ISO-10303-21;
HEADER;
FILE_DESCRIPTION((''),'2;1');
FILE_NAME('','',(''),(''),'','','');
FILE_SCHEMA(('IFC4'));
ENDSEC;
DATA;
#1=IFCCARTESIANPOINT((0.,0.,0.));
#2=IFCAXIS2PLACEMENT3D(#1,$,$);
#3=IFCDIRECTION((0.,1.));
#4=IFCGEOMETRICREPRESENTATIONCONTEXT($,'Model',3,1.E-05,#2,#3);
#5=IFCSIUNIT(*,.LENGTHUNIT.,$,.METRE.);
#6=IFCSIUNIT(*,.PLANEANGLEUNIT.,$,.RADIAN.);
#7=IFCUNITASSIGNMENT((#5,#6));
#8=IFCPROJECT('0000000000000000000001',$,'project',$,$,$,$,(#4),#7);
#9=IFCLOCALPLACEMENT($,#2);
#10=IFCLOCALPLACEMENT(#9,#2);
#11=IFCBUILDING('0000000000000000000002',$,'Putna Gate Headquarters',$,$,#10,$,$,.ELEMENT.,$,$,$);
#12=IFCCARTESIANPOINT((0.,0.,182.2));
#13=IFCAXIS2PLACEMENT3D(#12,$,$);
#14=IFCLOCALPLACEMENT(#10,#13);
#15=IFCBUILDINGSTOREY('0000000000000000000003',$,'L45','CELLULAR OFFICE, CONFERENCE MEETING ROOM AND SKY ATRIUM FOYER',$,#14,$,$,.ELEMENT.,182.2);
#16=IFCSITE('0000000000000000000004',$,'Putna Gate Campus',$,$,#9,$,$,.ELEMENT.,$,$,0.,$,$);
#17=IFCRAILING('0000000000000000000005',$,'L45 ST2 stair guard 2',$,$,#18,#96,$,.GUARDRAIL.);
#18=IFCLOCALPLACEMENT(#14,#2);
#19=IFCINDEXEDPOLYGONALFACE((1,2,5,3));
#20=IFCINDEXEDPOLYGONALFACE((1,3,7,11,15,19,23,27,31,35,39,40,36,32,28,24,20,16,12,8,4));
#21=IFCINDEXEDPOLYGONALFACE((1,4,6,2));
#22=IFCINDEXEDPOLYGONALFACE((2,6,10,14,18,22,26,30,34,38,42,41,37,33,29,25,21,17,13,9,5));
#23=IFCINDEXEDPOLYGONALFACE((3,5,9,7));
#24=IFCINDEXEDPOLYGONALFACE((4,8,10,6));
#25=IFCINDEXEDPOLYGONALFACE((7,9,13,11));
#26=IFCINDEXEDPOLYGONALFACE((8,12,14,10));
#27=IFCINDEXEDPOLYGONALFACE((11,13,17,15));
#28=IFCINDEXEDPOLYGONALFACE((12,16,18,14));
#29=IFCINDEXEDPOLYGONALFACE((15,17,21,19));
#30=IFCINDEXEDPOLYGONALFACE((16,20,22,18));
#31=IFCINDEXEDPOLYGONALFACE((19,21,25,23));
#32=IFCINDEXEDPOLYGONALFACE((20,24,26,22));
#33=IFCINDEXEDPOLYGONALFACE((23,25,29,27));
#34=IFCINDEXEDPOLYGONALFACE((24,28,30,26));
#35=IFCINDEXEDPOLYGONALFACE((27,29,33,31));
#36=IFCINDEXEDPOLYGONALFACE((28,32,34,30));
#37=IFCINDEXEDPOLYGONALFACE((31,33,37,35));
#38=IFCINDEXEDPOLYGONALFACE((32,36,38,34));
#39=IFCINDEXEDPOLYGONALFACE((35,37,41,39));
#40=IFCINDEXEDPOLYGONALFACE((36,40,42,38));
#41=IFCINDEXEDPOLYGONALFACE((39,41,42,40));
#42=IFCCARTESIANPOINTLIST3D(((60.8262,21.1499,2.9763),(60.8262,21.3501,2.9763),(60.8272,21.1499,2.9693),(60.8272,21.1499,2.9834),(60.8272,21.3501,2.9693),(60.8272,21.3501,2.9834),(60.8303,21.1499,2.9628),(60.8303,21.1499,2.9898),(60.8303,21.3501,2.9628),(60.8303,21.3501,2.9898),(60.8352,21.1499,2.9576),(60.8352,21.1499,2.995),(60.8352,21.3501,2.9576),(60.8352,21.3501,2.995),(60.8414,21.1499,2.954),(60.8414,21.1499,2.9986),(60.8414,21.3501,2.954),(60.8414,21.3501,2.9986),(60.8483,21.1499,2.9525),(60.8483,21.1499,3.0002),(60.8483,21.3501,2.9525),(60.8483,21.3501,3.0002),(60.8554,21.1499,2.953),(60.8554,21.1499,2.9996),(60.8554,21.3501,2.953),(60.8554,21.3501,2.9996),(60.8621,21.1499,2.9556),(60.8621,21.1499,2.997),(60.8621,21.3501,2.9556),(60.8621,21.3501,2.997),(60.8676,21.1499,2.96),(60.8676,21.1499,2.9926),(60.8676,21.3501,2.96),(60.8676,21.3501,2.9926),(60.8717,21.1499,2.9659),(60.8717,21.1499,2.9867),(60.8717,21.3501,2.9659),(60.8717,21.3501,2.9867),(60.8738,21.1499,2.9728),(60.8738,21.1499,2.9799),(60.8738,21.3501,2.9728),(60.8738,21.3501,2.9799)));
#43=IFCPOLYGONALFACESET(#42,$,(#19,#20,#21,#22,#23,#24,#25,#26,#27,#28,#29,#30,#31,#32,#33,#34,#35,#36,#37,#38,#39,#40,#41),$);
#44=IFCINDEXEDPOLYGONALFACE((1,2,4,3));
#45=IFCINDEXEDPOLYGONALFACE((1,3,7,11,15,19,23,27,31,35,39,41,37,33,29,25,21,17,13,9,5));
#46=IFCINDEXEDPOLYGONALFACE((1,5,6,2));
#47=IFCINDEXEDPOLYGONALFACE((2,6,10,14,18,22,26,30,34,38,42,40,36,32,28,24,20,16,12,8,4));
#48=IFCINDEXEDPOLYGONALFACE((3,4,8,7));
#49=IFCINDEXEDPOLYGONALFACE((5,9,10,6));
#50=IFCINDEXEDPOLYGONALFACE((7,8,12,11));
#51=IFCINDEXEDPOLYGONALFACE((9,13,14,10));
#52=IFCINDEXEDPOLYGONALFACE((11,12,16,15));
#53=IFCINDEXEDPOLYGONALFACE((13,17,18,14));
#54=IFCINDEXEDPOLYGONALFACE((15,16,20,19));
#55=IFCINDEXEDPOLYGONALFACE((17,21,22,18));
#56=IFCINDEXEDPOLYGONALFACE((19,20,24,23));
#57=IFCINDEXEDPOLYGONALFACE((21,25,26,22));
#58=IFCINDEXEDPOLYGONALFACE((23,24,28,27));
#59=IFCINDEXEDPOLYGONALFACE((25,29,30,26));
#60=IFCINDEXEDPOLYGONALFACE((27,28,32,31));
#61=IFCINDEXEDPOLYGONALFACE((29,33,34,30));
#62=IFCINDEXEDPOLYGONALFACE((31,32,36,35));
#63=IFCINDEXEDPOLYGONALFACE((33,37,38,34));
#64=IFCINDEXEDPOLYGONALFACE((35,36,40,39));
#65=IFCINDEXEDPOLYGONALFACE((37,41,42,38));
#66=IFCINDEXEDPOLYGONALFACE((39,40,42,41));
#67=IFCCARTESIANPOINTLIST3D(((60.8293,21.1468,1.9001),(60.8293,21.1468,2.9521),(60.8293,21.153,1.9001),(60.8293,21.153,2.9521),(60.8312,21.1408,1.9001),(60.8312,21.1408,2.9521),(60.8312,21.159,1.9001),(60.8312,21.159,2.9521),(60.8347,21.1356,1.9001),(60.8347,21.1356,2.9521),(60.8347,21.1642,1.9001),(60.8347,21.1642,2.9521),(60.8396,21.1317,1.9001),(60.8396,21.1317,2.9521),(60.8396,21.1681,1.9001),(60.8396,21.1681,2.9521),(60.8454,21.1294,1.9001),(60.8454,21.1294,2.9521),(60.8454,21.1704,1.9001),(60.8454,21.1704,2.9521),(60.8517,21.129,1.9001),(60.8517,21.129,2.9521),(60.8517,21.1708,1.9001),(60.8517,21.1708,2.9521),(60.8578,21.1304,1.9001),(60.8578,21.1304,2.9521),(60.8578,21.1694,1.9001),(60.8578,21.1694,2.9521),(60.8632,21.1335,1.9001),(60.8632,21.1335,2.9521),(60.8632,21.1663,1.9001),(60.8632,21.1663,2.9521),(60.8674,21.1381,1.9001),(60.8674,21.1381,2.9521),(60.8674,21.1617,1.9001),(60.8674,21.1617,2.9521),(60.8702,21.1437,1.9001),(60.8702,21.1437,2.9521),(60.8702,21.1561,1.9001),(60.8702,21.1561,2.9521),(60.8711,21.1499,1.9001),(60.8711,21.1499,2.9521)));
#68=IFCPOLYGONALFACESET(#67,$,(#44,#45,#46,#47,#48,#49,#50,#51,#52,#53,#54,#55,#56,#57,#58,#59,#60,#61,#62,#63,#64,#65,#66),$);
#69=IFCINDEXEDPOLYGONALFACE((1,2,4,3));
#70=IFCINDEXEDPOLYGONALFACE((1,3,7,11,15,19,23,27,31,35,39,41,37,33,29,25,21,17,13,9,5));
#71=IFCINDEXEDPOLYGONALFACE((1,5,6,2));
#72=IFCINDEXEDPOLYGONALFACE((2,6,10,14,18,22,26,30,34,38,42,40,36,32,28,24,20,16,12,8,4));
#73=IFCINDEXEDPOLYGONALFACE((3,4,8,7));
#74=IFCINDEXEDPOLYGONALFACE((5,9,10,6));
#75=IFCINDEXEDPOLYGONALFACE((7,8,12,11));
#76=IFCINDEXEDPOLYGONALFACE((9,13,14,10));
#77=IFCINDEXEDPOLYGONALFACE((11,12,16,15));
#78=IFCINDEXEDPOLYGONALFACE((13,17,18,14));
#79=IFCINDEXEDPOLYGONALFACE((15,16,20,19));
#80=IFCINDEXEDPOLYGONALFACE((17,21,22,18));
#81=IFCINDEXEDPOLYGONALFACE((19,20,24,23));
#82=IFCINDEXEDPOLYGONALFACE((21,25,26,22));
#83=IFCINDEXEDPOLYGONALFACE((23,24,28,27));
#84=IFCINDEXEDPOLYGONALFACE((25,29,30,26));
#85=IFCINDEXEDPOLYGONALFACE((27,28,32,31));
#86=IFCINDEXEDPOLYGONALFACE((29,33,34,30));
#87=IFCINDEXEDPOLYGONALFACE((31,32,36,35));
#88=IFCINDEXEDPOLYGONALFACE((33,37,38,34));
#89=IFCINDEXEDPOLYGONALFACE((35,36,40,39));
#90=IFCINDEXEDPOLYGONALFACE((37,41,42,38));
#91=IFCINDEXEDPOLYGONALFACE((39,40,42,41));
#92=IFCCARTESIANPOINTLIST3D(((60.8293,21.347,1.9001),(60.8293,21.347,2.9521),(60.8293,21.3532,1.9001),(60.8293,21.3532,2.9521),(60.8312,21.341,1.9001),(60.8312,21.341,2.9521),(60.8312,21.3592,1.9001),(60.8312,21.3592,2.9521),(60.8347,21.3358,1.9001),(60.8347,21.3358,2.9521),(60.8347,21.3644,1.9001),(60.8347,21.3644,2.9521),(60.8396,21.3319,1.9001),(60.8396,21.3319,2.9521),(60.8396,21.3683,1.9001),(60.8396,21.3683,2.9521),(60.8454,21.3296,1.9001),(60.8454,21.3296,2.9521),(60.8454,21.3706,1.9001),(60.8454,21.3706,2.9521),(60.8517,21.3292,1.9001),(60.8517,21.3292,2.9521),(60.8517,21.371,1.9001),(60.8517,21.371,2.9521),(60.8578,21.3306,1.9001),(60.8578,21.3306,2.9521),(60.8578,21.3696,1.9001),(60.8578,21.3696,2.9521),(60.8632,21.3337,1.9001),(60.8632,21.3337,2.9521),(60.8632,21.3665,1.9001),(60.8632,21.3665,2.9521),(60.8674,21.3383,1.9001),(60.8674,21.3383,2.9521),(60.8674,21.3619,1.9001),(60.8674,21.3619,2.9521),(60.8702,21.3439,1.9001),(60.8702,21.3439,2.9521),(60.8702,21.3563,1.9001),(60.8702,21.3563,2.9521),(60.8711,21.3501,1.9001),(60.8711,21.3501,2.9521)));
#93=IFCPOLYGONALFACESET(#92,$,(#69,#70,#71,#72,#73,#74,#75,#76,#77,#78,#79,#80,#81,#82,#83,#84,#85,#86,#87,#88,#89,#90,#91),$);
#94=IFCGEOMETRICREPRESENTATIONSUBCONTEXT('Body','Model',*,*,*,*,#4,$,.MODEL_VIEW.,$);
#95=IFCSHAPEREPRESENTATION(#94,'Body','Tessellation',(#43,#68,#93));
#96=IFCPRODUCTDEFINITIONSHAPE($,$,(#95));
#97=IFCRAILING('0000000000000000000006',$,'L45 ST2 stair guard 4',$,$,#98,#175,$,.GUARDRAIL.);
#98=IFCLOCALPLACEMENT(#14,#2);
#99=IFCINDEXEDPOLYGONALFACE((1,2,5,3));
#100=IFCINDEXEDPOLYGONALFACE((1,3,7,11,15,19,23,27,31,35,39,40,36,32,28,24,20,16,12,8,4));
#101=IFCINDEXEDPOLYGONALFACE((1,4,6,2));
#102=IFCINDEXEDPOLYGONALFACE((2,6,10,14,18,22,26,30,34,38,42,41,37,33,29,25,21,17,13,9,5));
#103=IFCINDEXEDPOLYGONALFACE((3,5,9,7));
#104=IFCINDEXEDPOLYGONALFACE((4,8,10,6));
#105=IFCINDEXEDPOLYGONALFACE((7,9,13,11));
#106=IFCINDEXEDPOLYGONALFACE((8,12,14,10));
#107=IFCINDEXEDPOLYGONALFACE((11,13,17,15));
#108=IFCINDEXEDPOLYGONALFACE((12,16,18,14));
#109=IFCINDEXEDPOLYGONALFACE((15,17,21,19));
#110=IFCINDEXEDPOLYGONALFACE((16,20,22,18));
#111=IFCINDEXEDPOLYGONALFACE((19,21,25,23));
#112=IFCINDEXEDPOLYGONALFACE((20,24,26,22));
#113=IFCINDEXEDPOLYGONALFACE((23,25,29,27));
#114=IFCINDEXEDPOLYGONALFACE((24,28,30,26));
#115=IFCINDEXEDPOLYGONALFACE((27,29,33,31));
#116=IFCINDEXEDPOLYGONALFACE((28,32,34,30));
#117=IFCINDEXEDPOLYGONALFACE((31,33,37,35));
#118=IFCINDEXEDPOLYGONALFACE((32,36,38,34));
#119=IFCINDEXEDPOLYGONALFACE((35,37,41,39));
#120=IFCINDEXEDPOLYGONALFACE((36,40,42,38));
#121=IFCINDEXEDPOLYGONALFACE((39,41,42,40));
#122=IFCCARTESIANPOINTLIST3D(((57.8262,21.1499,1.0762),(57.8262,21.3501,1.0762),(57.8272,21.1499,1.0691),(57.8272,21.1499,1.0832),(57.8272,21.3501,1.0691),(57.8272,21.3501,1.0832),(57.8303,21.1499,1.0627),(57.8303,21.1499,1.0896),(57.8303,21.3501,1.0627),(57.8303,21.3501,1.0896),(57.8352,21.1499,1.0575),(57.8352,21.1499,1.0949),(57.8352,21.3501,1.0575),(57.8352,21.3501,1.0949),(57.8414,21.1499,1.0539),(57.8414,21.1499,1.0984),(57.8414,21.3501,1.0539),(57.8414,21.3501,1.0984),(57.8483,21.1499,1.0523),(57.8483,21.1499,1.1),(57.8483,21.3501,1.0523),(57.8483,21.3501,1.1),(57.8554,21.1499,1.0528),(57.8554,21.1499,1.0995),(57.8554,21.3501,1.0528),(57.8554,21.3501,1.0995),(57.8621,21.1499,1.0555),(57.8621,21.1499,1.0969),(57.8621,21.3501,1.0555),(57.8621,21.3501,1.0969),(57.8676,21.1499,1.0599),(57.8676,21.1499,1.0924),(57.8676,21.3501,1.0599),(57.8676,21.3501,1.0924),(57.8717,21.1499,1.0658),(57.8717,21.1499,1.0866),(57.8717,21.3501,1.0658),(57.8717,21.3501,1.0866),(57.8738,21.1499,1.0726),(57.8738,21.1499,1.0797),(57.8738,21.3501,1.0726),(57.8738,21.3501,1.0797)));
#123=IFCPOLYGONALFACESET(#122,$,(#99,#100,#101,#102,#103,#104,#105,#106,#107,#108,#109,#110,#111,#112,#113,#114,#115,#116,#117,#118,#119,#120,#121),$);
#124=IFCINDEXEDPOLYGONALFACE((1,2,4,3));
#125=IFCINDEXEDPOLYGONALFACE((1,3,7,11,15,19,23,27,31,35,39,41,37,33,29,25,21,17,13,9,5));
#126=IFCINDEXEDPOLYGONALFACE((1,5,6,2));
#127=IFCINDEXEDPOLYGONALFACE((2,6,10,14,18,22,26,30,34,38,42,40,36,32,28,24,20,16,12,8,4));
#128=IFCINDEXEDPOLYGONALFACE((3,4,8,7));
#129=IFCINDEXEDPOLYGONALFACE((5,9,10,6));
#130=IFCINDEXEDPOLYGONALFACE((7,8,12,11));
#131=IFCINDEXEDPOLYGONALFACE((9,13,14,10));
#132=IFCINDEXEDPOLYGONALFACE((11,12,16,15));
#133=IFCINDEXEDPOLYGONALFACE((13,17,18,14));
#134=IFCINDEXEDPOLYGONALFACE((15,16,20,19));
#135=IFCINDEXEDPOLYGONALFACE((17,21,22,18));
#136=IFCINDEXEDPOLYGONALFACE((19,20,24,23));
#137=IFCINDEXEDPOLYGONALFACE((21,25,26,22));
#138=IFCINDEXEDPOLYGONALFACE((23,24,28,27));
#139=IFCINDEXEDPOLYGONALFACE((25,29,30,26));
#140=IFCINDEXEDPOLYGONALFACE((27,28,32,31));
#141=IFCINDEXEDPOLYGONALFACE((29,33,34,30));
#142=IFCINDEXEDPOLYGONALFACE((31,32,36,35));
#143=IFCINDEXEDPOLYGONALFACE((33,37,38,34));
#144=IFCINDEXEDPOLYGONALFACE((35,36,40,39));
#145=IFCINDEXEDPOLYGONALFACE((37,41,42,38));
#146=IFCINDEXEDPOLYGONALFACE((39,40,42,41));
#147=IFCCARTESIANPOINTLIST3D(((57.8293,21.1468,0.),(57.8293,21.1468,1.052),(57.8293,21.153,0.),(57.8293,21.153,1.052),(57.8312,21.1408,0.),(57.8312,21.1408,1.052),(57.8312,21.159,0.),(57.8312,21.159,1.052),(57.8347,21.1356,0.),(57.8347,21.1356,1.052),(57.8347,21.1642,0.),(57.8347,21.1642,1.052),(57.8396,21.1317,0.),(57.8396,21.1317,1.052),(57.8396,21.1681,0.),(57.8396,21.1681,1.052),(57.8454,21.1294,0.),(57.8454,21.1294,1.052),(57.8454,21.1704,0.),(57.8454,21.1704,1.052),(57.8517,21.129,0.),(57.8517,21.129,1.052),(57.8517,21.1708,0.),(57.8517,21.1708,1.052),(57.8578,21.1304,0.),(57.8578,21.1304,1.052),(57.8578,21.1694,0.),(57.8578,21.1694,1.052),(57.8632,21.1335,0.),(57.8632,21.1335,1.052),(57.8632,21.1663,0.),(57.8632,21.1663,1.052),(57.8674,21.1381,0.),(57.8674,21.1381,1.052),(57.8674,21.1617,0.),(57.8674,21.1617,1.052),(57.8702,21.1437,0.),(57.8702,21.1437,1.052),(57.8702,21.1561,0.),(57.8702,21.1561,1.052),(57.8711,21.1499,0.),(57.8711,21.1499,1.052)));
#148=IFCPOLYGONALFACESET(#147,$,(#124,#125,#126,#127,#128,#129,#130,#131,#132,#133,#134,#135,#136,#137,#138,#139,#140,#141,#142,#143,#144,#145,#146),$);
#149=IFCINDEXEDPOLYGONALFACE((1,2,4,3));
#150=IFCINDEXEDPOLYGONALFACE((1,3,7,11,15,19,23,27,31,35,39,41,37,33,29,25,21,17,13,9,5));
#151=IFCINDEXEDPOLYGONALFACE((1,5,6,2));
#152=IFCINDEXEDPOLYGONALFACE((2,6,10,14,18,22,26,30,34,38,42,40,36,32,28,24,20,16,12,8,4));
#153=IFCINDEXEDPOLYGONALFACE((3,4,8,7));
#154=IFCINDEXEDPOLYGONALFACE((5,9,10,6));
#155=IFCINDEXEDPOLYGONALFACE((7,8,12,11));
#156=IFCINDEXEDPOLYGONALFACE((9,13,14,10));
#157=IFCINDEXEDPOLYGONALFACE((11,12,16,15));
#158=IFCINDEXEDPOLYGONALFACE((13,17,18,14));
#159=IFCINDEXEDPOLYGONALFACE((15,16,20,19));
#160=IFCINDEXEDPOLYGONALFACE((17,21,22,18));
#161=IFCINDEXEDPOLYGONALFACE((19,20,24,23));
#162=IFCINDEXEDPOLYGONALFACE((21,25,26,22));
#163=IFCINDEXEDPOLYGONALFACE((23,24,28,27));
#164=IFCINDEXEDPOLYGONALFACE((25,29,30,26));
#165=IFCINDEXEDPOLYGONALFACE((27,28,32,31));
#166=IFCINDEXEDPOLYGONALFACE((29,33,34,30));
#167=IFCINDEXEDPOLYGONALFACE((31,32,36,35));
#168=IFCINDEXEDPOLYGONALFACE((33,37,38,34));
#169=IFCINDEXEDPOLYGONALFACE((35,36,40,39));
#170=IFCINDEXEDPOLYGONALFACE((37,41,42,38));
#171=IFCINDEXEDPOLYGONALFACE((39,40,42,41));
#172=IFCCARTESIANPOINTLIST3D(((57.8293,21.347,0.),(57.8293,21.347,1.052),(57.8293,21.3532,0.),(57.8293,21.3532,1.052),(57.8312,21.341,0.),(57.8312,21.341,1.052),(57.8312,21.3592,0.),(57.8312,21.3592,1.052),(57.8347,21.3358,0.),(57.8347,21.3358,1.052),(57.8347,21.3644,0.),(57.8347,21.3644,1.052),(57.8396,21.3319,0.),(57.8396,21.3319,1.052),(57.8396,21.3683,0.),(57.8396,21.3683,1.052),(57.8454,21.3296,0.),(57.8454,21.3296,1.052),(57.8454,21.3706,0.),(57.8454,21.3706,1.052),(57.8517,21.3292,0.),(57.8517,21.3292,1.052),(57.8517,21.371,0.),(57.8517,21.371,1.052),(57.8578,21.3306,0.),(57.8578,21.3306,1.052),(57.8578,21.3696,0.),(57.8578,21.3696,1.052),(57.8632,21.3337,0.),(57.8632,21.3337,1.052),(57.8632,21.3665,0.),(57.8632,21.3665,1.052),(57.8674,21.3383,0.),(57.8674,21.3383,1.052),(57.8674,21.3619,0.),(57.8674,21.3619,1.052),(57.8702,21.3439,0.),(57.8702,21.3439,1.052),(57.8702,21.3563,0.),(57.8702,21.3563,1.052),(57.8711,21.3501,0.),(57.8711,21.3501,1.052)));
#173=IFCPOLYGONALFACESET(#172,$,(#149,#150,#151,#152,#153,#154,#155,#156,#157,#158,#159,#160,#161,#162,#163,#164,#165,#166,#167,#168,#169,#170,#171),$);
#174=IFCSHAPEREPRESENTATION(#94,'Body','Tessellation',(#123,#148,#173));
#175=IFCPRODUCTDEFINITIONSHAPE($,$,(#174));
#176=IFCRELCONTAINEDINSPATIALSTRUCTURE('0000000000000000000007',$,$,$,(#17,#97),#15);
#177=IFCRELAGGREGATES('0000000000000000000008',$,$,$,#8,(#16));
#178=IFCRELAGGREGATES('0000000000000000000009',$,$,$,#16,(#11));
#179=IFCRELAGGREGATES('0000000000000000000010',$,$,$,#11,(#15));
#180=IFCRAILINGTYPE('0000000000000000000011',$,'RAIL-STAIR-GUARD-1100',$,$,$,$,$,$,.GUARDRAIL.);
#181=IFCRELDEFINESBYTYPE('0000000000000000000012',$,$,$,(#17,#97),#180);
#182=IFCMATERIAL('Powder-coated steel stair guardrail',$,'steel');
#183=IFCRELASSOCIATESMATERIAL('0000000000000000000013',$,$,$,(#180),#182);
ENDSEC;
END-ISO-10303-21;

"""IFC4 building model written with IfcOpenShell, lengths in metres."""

from ifc_helpers import new_model, si_unit, direction, frame, origin, origin_2d, place, context, subcontext, project, spatial, circle, extrude, material, type_object, element, save


model = new_model("IFC4")

# Units and contexts
model_context = context("Model", 3, precision=1e-05, world=origin(), true_north=direction((0.0, 1.0)))
body_context = subcontext(model_context, "Body", "Model", "MODEL_VIEW")
ifc_project = project(units=[si_unit("LENGTHUNIT", "METRE"), si_unit("PLANEANGLEUNIT", "RADIAN")], contexts=[model_context])

# Site, building, storey
site_placement = place(None, origin())
site = spatial("IfcSite", under=ifc_project, at=site_placement, Name="Putna Gate Campus", CompositionType="ELEMENT", RefElevation=0.0)
building_placement = place(site_placement, origin())
building = spatial("IfcBuilding", under=site, at=building_placement, Name="Putna Gate Headquarters", CompositionType="ELEMENT")
storey_placement = place(building_placement, frame((0.0, 0.0, 182.2)))
storey = spatial("IfcBuildingStorey", under=building, at=storey_placement, Name="L45", Description="CELLULAR OFFICE, CONFERENCE MEETING ROOM AND SKY ATRIUM FOYER", CompositionType="ELEMENT", Elevation=182.2)

# Railings
ifc_material_1 = material(Name="Powder-coated steel stair guardrail", Category="steel")
railing_type_1 = type_object("IfcRailingType", Name="RAIL-STAIR-GUARD-1100", PredefinedType="GUARDRAIL", material=ifc_material_1)
for number, where, name in (
    (1, (60.8501, 21.1499, 1.9001), "L45 ST2 stair guard 2"),
    (2, (57.8501, 21.1499, 0.0), "L45 ST2 stair guard 4"),
):
    element("IfcRailing", number, at=place(storey_placement, frame(where)), inside=storey, type_object=railing_type_1, Name=name, PredefinedType="GUARDRAIL", context=body_context, shape_type="SweptSolid", body=[
        extrude(circle(Radius=0.0239, at=origin_2d()), frame((0.0, 0.0, 1.0762), z_axis=(0.0, 1.0, 0.0), x_axis=(-1.0, 0.0, 0.0)), (0.0, 0.0, 1.0), 0.2002),
        extrude(circle(Radius=0.021, at=origin_2d()), origin(), (0.0, 0.0, 1.0), 1.052),
        extrude(circle(Radius=0.021, at=origin_2d()), frame((0.0, 0.2002, 0.0)), (0.0, 0.0, 1.0), 1.052),
    ])

save(model, "model.ifc")
